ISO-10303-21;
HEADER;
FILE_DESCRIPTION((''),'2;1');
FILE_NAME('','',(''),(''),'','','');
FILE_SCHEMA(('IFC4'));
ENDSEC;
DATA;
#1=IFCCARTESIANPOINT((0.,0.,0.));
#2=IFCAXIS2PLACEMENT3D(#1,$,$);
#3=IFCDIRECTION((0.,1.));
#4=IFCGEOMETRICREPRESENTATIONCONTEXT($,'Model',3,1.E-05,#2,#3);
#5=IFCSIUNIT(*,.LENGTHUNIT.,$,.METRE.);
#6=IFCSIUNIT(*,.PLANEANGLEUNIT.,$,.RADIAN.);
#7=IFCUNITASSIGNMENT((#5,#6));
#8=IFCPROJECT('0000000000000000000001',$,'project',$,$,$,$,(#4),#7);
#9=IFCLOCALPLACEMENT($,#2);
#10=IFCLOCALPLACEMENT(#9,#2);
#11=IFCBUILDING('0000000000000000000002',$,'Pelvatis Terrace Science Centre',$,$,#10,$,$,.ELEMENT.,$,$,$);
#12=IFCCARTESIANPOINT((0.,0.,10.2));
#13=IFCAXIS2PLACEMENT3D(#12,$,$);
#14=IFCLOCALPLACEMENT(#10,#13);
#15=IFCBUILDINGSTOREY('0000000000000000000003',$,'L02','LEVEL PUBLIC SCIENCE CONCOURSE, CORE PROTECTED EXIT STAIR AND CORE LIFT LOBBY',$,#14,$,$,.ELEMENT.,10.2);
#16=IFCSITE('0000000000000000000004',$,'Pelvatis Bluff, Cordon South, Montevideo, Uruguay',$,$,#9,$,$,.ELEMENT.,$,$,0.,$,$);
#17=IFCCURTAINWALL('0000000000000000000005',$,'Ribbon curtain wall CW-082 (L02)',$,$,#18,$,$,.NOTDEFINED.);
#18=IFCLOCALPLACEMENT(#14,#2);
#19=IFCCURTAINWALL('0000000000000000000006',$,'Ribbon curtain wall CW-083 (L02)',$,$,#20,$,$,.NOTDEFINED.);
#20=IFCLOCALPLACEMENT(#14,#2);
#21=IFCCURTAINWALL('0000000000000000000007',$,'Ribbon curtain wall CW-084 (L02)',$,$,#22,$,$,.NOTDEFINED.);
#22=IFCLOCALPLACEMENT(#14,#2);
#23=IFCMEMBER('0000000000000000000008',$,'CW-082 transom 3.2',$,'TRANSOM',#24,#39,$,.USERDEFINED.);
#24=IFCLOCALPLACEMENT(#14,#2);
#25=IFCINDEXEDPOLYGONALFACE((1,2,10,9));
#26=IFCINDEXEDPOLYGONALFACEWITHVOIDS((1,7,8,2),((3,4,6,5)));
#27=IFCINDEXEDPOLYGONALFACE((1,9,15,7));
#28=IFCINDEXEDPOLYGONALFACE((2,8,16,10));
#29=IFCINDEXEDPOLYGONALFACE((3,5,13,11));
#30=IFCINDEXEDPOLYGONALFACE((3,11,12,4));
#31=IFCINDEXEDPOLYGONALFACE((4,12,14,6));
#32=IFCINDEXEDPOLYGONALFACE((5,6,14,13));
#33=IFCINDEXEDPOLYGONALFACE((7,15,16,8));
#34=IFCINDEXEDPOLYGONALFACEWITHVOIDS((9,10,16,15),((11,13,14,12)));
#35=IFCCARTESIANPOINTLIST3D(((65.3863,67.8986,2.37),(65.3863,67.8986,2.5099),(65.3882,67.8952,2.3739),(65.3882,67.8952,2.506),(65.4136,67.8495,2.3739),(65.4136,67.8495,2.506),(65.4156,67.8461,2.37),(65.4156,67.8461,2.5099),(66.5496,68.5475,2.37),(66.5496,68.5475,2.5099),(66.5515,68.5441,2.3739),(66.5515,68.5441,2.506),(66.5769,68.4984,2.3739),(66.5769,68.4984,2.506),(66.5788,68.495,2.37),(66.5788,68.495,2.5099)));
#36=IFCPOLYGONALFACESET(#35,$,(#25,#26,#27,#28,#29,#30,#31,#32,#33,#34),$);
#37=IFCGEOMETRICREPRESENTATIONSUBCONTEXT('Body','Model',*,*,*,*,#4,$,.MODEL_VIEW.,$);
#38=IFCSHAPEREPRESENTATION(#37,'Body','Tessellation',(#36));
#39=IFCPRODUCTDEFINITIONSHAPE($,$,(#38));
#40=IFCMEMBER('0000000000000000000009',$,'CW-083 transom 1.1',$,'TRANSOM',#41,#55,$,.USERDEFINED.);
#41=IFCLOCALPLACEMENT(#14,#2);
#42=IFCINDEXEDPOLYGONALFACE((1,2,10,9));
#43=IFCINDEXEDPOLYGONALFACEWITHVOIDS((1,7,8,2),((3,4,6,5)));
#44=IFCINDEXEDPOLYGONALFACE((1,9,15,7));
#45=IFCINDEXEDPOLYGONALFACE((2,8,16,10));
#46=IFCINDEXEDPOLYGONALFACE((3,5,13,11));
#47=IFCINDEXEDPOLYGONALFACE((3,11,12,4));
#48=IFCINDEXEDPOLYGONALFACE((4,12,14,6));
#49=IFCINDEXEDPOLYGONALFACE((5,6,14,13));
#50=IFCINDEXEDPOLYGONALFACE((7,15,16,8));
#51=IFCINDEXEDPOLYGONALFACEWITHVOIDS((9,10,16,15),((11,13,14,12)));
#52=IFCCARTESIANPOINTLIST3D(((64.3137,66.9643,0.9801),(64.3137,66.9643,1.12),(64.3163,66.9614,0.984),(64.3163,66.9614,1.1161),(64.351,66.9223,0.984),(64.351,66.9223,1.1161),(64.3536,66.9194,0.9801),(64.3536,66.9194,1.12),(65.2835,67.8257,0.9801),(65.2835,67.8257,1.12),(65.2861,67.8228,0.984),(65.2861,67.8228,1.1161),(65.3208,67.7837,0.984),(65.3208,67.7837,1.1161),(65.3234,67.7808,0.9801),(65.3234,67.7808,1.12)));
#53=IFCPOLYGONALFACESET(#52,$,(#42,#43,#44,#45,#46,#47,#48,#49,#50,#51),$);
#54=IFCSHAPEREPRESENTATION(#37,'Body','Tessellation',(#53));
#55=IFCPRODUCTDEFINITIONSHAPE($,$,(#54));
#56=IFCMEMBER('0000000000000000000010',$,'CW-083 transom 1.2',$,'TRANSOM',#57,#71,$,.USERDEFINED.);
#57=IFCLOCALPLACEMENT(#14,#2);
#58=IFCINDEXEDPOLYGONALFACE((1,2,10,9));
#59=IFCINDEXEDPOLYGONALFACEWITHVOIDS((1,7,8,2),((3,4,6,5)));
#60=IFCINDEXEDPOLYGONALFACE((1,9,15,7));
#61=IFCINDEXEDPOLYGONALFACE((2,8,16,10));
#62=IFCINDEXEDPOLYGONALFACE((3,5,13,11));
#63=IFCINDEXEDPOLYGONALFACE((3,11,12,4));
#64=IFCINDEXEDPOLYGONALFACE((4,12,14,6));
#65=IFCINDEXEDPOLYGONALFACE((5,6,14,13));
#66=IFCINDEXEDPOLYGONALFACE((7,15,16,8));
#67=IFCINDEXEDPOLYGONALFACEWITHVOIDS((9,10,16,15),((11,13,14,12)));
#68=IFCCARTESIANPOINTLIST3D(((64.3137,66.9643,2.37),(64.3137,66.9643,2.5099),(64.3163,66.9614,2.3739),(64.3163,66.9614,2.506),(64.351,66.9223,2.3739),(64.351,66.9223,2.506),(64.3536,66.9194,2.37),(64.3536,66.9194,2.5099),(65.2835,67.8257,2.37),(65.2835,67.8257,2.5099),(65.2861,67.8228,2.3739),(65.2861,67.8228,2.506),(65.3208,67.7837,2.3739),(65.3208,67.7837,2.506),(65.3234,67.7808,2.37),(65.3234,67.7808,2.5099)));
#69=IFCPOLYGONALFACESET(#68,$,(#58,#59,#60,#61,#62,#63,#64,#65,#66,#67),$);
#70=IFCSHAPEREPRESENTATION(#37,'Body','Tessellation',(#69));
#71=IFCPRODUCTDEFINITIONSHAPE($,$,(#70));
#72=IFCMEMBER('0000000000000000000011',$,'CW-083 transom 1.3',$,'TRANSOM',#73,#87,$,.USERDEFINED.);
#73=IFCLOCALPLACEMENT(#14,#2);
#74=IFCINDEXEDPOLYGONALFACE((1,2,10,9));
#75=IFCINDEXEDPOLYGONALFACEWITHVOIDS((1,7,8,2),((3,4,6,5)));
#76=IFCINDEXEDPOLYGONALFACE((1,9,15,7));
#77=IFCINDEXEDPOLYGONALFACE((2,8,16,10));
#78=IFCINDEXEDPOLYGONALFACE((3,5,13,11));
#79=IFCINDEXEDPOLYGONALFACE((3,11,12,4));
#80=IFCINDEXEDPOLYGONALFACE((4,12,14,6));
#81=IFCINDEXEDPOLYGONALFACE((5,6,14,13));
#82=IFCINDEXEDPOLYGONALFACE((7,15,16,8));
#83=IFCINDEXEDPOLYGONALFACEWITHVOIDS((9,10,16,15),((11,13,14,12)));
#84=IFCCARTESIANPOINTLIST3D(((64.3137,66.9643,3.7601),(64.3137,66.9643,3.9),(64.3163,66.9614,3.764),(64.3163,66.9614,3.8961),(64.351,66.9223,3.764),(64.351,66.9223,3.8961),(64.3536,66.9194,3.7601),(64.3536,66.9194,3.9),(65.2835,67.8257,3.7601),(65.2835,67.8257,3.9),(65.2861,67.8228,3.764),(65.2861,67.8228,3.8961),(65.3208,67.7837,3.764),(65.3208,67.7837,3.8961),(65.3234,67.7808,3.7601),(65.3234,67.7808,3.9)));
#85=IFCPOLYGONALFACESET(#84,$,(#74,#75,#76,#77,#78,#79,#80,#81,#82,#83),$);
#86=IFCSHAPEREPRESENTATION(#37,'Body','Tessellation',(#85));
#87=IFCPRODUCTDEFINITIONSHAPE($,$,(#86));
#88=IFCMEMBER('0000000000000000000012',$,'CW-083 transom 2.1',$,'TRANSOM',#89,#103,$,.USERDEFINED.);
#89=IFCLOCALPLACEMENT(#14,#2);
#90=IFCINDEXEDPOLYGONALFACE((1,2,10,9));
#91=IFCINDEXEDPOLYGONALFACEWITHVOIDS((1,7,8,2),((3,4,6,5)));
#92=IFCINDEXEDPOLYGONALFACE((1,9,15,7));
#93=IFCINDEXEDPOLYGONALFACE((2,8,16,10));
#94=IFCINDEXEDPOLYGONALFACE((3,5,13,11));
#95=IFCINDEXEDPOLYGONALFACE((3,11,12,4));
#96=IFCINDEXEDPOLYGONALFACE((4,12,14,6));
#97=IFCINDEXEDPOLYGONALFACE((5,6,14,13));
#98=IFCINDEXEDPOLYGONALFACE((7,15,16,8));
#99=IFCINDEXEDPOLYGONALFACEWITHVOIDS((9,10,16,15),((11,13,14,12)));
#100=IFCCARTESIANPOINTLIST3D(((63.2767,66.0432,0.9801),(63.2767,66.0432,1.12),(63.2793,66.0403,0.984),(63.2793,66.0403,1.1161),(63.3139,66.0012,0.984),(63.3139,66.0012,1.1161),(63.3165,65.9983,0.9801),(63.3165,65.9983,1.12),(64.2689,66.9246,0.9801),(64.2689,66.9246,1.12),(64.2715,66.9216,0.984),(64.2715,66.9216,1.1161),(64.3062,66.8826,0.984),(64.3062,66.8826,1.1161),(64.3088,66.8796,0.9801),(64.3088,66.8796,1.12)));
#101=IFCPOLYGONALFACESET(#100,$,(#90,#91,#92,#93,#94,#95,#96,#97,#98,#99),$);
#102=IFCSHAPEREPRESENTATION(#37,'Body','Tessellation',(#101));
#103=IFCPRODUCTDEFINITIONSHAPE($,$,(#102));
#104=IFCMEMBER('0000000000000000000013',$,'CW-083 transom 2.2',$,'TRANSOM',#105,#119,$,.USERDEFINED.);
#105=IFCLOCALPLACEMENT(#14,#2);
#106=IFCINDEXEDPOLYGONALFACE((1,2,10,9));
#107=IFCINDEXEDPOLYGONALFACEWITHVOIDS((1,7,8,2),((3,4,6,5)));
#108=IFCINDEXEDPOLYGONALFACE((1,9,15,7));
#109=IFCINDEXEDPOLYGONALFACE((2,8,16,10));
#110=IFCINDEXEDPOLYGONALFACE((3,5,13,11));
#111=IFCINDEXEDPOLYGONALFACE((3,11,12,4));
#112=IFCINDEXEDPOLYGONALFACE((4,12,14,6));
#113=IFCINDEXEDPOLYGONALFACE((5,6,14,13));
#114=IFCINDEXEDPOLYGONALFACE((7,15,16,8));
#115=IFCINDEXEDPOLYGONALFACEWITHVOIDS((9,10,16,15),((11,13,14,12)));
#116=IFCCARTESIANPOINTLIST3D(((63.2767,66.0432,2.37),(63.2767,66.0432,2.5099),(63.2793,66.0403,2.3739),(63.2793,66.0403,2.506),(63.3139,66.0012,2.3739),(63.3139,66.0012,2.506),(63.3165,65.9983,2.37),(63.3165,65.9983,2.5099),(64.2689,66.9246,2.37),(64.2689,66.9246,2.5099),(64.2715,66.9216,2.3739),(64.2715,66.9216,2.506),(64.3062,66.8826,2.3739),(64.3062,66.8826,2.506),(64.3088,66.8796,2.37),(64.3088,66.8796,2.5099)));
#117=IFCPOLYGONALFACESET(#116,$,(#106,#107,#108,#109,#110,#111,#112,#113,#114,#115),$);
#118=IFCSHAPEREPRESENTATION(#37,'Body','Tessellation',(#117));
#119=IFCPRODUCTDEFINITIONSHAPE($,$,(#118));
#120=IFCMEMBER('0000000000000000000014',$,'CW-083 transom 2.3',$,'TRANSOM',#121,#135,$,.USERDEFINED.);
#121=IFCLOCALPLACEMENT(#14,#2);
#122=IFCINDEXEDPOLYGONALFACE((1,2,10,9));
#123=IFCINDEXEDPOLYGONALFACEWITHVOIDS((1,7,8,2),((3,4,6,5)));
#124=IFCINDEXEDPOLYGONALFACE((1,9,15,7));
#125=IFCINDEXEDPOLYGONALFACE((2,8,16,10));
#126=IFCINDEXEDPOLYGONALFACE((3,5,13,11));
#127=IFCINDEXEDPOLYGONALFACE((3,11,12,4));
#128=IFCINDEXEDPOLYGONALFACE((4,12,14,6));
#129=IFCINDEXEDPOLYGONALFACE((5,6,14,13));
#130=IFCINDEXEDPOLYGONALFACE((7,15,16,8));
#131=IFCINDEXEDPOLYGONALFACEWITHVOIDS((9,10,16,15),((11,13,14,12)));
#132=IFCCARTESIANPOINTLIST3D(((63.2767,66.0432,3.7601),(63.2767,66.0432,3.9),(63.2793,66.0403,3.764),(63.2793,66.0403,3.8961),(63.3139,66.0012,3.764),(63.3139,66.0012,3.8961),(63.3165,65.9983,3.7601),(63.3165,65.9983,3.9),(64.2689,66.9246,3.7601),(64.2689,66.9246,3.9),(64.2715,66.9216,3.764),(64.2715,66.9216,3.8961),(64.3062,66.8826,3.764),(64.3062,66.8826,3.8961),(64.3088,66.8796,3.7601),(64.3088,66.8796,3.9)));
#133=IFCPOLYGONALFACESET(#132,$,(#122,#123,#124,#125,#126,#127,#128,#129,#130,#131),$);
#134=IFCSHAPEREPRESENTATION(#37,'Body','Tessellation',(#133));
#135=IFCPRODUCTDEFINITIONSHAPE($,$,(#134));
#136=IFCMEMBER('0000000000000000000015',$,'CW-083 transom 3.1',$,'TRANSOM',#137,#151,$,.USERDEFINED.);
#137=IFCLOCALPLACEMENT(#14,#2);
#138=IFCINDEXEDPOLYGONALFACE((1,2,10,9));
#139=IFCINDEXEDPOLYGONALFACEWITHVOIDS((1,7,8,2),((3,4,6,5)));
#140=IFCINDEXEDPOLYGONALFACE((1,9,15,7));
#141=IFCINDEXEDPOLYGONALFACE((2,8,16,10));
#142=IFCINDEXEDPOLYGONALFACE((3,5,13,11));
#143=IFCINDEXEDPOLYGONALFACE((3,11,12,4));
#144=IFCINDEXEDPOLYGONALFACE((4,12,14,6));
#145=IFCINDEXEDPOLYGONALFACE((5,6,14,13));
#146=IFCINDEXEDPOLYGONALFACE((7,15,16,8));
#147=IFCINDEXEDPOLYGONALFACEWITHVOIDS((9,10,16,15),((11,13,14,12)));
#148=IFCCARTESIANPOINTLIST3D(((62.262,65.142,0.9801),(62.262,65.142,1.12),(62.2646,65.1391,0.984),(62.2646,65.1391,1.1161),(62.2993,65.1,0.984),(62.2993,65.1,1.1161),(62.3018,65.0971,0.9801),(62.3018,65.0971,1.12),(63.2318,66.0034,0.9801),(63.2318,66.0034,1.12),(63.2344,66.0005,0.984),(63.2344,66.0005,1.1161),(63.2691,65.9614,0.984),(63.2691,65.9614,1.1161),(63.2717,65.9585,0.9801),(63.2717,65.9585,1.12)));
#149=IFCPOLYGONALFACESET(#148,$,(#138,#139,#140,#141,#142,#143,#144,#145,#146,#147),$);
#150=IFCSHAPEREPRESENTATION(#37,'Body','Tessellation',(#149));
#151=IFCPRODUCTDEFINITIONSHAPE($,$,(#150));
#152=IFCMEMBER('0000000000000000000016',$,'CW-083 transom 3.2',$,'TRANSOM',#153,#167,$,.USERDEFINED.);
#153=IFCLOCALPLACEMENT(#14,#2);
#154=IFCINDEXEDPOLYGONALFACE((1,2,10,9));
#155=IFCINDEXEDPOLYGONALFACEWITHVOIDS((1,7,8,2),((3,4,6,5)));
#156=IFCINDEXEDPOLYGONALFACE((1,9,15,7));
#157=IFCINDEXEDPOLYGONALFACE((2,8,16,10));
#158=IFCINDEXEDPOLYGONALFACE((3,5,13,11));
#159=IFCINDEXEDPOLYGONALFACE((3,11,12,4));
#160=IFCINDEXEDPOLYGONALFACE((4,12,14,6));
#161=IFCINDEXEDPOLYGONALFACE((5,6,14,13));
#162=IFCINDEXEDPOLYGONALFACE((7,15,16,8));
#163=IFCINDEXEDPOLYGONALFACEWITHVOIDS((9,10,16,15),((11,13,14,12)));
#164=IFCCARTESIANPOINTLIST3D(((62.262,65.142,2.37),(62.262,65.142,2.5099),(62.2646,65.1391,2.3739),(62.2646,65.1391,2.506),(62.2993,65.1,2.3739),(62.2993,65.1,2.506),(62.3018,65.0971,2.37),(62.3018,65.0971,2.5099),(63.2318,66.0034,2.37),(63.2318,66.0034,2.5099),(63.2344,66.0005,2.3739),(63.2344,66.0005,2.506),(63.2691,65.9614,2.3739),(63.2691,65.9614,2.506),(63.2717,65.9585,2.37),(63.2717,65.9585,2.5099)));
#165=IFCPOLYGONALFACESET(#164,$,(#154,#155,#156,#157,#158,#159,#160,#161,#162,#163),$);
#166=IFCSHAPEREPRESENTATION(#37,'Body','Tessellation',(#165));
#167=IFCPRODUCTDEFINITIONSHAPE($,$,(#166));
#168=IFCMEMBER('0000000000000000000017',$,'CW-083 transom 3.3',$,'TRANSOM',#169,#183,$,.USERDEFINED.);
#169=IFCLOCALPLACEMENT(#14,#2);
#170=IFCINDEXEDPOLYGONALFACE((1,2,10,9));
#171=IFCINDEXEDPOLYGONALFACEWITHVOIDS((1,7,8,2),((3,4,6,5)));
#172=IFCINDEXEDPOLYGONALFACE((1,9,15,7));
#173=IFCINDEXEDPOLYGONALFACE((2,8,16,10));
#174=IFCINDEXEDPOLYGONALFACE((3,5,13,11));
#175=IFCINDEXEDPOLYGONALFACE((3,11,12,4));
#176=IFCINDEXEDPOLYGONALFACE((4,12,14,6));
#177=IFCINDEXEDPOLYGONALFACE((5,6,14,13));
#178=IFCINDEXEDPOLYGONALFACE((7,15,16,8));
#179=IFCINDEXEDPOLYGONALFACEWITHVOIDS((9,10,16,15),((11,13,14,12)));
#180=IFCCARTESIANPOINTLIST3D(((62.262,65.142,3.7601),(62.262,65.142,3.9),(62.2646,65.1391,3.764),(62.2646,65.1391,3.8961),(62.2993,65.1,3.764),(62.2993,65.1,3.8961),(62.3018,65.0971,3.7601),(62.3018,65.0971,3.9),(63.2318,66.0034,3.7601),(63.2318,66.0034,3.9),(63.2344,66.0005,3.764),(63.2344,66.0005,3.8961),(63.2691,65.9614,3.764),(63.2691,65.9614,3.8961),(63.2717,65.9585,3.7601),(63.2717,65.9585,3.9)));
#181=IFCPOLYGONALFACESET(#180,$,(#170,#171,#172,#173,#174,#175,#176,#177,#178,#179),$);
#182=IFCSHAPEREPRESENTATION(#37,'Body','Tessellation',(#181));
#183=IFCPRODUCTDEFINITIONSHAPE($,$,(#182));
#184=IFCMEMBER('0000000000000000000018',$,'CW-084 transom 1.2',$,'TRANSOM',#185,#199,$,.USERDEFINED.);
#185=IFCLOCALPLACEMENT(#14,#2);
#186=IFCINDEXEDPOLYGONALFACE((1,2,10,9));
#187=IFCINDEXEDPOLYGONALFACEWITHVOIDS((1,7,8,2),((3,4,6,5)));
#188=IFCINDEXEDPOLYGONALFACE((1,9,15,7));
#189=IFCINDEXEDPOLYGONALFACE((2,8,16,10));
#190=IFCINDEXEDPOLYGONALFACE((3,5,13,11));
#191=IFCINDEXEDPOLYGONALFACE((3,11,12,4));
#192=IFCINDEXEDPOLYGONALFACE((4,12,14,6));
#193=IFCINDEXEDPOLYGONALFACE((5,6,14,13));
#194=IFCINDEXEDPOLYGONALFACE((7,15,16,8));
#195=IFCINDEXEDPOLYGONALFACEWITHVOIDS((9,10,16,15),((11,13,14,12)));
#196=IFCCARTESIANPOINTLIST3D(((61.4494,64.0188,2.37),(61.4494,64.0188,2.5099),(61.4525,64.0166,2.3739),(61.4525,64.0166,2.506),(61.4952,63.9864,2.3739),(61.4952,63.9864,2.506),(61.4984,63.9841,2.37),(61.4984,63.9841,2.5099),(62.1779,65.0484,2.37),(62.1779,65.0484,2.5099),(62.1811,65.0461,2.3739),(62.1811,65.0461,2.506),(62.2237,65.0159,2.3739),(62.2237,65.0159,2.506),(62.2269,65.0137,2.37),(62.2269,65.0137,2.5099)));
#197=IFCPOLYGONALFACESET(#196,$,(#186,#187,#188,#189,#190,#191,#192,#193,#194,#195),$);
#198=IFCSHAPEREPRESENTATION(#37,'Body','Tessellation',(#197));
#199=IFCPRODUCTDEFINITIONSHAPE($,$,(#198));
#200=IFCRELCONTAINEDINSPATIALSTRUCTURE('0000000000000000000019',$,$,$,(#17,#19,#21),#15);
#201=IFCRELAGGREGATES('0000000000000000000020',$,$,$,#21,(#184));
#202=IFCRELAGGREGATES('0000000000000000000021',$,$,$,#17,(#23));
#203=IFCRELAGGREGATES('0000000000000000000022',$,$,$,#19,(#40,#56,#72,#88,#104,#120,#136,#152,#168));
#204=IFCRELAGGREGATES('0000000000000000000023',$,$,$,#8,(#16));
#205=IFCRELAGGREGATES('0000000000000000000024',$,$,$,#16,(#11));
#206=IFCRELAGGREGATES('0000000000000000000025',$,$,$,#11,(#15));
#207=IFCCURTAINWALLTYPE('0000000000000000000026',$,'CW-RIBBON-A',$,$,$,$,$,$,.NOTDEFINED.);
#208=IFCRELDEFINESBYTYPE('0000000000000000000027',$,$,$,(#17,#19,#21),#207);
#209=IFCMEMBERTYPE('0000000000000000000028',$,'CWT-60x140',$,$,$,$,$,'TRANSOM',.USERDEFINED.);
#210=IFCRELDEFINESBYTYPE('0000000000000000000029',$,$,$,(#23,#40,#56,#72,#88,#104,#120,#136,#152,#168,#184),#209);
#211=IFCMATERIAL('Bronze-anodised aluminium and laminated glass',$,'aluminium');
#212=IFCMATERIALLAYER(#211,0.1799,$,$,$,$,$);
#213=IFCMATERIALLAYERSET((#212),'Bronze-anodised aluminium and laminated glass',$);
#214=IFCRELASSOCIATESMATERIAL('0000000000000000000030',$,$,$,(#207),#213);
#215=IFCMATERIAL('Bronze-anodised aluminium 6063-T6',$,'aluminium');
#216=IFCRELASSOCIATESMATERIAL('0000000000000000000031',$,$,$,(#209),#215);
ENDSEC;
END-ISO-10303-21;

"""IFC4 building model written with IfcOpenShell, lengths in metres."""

from ifc_helpers import new_model, si_unit, direction, frame, origin, origin_2d, place, context, subcontext, project, spatial, hollow_rectangle, extrude, material, layer, layer_set, material_profile, profile_set, type_object, element, aggregate, save


model = new_model("IFC4")

# Units and contexts
model_context = context("Model", 3, precision=1e-05, world=origin(), true_north=direction((0.0, 1.0)))
body_context = subcontext(model_context, "Body", "Model", "MODEL_VIEW")
ifc_project = project(units=[si_unit("LENGTHUNIT", "METRE"), si_unit("PLANEANGLEUNIT", "RADIAN")], contexts=[model_context])

# Site, building, storey
site_placement = place(None, origin())
site = spatial("IfcSite", under=ifc_project, at=site_placement, Name="Pelvatis Bluff, Cordon South, Montevideo, Uruguay", CompositionType="ELEMENT", RefElevation=0.0)
building_placement = place(site_placement, origin())
building = spatial("IfcBuilding", under=site, at=building_placement, Name="Pelvatis Terrace Science Centre", CompositionType="ELEMENT")
storey_placement = place(building_placement, frame((0.0, 0.0, 10.2)))
storey = spatial("IfcBuildingStorey", under=building, at=storey_placement, Name="L02", Description="LEVEL PUBLIC SCIENCE CONCOURSE, CORE PROTECTED EXIT STAIR AND CORE LIFT LOBBY", CompositionType="ELEMENT", Elevation=10.2)

# Curtain wall
ifc_material_1 = material(Name="Bronze-anodised aluminium and laminated glass", Category="aluminium")
ifc_layer_1 = layer(ifc_material_1, 0.1799)
ifc_layer_set_1 = layer_set([ifc_layer_1], Name="Bronze-anodised aluminium and laminated glass")
curtain_wall_type = type_object("IfcCurtainWallType", Name="CW-RIBBON-A", PredefinedType="NOTDEFINED", material=ifc_layer_set_1)
curtain_wall_1_placement = place(storey_placement, origin())
curtain_wall_1 = element("IfcCurtainWall", 1, at=curtain_wall_1_placement, inside=storey, type_object=curtain_wall_type, Name="Ribbon curtain wall CW-082 (L02)", PredefinedType="NOTDEFINED")

# Curtain wall
curtain_wall_2_placement = place(storey_placement, origin())
curtain_wall_2 = element("IfcCurtainWall", 2, at=curtain_wall_2_placement, inside=storey, type_object=curtain_wall_type, Name="Ribbon curtain wall CW-083 (L02)", PredefinedType="NOTDEFINED")

# Curtain wall
curtain_wall_3_placement = place(storey_placement, origin())
curtain_wall_3 = element("IfcCurtainWall", 3, at=curtain_wall_3_placement, inside=storey, type_object=curtain_wall_type, Name="Ribbon curtain wall CW-084 (L02)", PredefinedType="NOTDEFINED")

# Members
ifc_material_2 = material(Name="Bronze-anodised aluminium 6063-T6", Category="aluminium")
ifc_material_profile_1 = material_profile(ifc_material_2, hollow_rectangle(XDim=0.0601, YDim=0.1399, WallThickness=0.0039, at=origin_2d()), Name="ALU-TRN 60x140")
ifc_profile_set_1 = profile_set([ifc_material_profile_1], Name="Bronze-anodised aluminium 6063-T6")
member_type_1 = type_object("IfcMemberType", Name="CWT-60x140", ElementType="TRANSOM", PredefinedType="USERDEFINED", material=ifc_profile_set_1)
member_1_placement = place(storey_placement, frame((66.5642, 68.5212, 2.4399), z_axis=(-0.873317, -0.487152, 0.0), x_axis=(0.487152, -0.873317, 0.0)))
member_1 = element("IfcMember", 4, at=member_1_placement, type_object=member_type_1, Name="CW-082 transom 3.2", ObjectType="TRANSOM", PredefinedType="USERDEFINED", context=body_context, shape_type="SweptSolid", body=[
    extrude(hollow_rectangle(XDim=0.0601, YDim=0.1399, WallThickness=0.0039, at=origin_2d()), origin(), (0.0, 0.0, 1.0), 1.332),
])
member_2_placement = place(storey_placement, frame((65.3035, 67.8032, 1.05), z_axis=(-0.747659, -0.664083, 0.0), x_axis=(0.664083, -0.747659, 0.0)))
member_2 = element("IfcMember", 5, at=member_2_placement, type_object=member_type_1, Name="CW-083 transom 1.1", ObjectType="TRANSOM", PredefinedType="USERDEFINED", context=body_context, shape_type="SweptSolid", body=[
    extrude(hollow_rectangle(XDim=0.0601, YDim=0.1399, WallThickness=0.0039, at=origin_2d()), origin(), (0.0, 0.0, 1.0), 1.2971),
])
member_3_placement = place(storey_placement, frame((65.3035, 67.8032, 2.4399), z_axis=(-0.747659, -0.664083, 0.0), x_axis=(0.664083, -0.747659, 0.0)))
member_3 = element("IfcMember", 6, at=member_3_placement, type_object=member_type_1, Name="CW-083 transom 1.2", ObjectType="TRANSOM", PredefinedType="USERDEFINED", context=body_context, shape_type="SweptSolid", body=[
    extrude(hollow_rectangle(XDim=0.0601, YDim=0.1399, WallThickness=0.0039, at=origin_2d()), origin(), (0.0, 0.0, 1.0), 1.2971),
])
member_4_placement = place(storey_placement, frame((65.3035, 67.8032, 3.8301), z_axis=(-0.747659, -0.664083, 0.0), x_axis=(0.664083, -0.747659, 0.0)))
member_4 = element("IfcMember", 7, at=member_4_placement, type_object=member_type_1, Name="CW-083 transom 1.3", ObjectType="TRANSOM", PredefinedType="USERDEFINED", context=body_context, shape_type="SweptSolid", body=[
    extrude(hollow_rectangle(XDim=0.0601, YDim=0.1399, WallThickness=0.0039, at=origin_2d()), origin(), (0.0, 0.0, 1.0), 1.2971),
])
member_5_placement = place(storey_placement, frame((64.2888, 66.9021, 1.05), z_axis=(-0.747633, -0.664113, 0.0), x_axis=(0.664113, -0.747633, 0.0)))
member_5 = element("IfcMember", 8, at=member_5_placement, type_object=member_type_1, Name="CW-083 transom 2.1", ObjectType="TRANSOM", PredefinedType="USERDEFINED", context=body_context, shape_type="SweptSolid", body=[
    extrude(hollow_rectangle(XDim=0.0601, YDim=0.1399, WallThickness=0.0039, at=origin_2d()), origin(), (0.0, 0.0, 1.0), 1.3271),
])
member_6_placement = place(storey_placement, frame((64.2888, 66.9021, 2.4399), z_axis=(-0.747633, -0.664113, 0.0), x_axis=(0.664113, -0.747633, 0.0)))
member_6 = element("IfcMember", 9, at=member_6_placement, type_object=member_type_1, Name="CW-083 transom 2.2", ObjectType="TRANSOM", PredefinedType="USERDEFINED", context=body_context, shape_type="SweptSolid", body=[
    extrude(hollow_rectangle(XDim=0.0601, YDim=0.1399, WallThickness=0.0039, at=origin_2d()), origin(), (0.0, 0.0, 1.0), 1.3271),
])
member_7_placement = place(storey_placement, frame((64.2888, 66.9021, 3.8301), z_axis=(-0.747633, -0.664113, 0.0), x_axis=(0.664113, -0.747633, 0.0)))
member_7 = element("IfcMember", 10, at=member_7_placement, type_object=member_type_1, Name="CW-083 transom 2.3", ObjectType="TRANSOM", PredefinedType="USERDEFINED", context=body_context, shape_type="SweptSolid", body=[
    extrude(hollow_rectangle(XDim=0.0601, YDim=0.1399, WallThickness=0.0039, at=origin_2d()), origin(), (0.0, 0.0, 1.0), 1.3271),
])
member_8_placement = place(storey_placement, frame((63.2517, 65.981, 1.05), z_axis=(-0.747659, -0.664083, 0.0), x_axis=(0.664083, -0.747659, 0.0)))
member_8 = element("IfcMember", 11, at=member_8_placement, type_object=member_type_1, Name="CW-083 transom 3.1", ObjectType="TRANSOM", PredefinedType="USERDEFINED", context=body_context, shape_type="SweptSolid", body=[
    extrude(hollow_rectangle(XDim=0.0601, YDim=0.1399, WallThickness=0.0039, at=origin_2d()), origin(), (0.0, 0.0, 1.0), 1.2971),
])
member_9_placement = place(storey_placement, frame((63.2517, 65.981, 2.4399), z_axis=(-0.747659, -0.664083, 0.0), x_axis=(0.664083, -0.747659, 0.0)))
member_9 = element("IfcMember", 12, at=member_9_placement, type_object=member_type_1, Name="CW-083 transom 3.2", ObjectType="TRANSOM", PredefinedType="USERDEFINED", context=body_context, shape_type="SweptSolid", body=[
    extrude(hollow_rectangle(XDim=0.0601, YDim=0.1399, WallThickness=0.0039, at=origin_2d()), origin(), (0.0, 0.0, 1.0), 1.2971),
])
member_10_placement = place(storey_placement, frame((63.2517, 65.981, 3.8301), z_axis=(-0.747659, -0.664083, 0.0), x_axis=(0.664083, -0.747659, 0.0)))
member_10 = element("IfcMember", 13, at=member_10_placement, type_object=member_type_1, Name="CW-083 transom 3.3", ObjectType="TRANSOM", PredefinedType="USERDEFINED", context=body_context, shape_type="SweptSolid", body=[
    extrude(hollow_rectangle(XDim=0.0601, YDim=0.1399, WallThickness=0.0039, at=origin_2d()), origin(), (0.0, 0.0, 1.0), 1.2971),
])
member_11_placement = place(storey_placement, frame((62.2024, 65.031, 2.4399), z_axis=(-0.577625, -0.816302, 0.0), x_axis=(0.816302, -0.577625, 0.0)))
member_11 = element("IfcMember", 14, at=member_11_placement, type_object=member_type_1, Name="CW-084 transom 1.2", ObjectType="TRANSOM", PredefinedType="USERDEFINED", context=body_context, shape_type="SweptSolid", body=[
    extrude(hollow_rectangle(XDim=0.0601, YDim=0.1399, WallThickness=0.0039, at=origin_2d()), origin(), (0.0, 0.0, 1.0), 1.2612),
])
aggregate(curtain_wall_3, [member_11])

aggregate(curtain_wall_1, [member_1])
aggregate(curtain_wall_2, [member_2, member_3, member_4, member_5, member_6, member_7, member_8, member_9, member_10])

save(model, "model.ifc")
